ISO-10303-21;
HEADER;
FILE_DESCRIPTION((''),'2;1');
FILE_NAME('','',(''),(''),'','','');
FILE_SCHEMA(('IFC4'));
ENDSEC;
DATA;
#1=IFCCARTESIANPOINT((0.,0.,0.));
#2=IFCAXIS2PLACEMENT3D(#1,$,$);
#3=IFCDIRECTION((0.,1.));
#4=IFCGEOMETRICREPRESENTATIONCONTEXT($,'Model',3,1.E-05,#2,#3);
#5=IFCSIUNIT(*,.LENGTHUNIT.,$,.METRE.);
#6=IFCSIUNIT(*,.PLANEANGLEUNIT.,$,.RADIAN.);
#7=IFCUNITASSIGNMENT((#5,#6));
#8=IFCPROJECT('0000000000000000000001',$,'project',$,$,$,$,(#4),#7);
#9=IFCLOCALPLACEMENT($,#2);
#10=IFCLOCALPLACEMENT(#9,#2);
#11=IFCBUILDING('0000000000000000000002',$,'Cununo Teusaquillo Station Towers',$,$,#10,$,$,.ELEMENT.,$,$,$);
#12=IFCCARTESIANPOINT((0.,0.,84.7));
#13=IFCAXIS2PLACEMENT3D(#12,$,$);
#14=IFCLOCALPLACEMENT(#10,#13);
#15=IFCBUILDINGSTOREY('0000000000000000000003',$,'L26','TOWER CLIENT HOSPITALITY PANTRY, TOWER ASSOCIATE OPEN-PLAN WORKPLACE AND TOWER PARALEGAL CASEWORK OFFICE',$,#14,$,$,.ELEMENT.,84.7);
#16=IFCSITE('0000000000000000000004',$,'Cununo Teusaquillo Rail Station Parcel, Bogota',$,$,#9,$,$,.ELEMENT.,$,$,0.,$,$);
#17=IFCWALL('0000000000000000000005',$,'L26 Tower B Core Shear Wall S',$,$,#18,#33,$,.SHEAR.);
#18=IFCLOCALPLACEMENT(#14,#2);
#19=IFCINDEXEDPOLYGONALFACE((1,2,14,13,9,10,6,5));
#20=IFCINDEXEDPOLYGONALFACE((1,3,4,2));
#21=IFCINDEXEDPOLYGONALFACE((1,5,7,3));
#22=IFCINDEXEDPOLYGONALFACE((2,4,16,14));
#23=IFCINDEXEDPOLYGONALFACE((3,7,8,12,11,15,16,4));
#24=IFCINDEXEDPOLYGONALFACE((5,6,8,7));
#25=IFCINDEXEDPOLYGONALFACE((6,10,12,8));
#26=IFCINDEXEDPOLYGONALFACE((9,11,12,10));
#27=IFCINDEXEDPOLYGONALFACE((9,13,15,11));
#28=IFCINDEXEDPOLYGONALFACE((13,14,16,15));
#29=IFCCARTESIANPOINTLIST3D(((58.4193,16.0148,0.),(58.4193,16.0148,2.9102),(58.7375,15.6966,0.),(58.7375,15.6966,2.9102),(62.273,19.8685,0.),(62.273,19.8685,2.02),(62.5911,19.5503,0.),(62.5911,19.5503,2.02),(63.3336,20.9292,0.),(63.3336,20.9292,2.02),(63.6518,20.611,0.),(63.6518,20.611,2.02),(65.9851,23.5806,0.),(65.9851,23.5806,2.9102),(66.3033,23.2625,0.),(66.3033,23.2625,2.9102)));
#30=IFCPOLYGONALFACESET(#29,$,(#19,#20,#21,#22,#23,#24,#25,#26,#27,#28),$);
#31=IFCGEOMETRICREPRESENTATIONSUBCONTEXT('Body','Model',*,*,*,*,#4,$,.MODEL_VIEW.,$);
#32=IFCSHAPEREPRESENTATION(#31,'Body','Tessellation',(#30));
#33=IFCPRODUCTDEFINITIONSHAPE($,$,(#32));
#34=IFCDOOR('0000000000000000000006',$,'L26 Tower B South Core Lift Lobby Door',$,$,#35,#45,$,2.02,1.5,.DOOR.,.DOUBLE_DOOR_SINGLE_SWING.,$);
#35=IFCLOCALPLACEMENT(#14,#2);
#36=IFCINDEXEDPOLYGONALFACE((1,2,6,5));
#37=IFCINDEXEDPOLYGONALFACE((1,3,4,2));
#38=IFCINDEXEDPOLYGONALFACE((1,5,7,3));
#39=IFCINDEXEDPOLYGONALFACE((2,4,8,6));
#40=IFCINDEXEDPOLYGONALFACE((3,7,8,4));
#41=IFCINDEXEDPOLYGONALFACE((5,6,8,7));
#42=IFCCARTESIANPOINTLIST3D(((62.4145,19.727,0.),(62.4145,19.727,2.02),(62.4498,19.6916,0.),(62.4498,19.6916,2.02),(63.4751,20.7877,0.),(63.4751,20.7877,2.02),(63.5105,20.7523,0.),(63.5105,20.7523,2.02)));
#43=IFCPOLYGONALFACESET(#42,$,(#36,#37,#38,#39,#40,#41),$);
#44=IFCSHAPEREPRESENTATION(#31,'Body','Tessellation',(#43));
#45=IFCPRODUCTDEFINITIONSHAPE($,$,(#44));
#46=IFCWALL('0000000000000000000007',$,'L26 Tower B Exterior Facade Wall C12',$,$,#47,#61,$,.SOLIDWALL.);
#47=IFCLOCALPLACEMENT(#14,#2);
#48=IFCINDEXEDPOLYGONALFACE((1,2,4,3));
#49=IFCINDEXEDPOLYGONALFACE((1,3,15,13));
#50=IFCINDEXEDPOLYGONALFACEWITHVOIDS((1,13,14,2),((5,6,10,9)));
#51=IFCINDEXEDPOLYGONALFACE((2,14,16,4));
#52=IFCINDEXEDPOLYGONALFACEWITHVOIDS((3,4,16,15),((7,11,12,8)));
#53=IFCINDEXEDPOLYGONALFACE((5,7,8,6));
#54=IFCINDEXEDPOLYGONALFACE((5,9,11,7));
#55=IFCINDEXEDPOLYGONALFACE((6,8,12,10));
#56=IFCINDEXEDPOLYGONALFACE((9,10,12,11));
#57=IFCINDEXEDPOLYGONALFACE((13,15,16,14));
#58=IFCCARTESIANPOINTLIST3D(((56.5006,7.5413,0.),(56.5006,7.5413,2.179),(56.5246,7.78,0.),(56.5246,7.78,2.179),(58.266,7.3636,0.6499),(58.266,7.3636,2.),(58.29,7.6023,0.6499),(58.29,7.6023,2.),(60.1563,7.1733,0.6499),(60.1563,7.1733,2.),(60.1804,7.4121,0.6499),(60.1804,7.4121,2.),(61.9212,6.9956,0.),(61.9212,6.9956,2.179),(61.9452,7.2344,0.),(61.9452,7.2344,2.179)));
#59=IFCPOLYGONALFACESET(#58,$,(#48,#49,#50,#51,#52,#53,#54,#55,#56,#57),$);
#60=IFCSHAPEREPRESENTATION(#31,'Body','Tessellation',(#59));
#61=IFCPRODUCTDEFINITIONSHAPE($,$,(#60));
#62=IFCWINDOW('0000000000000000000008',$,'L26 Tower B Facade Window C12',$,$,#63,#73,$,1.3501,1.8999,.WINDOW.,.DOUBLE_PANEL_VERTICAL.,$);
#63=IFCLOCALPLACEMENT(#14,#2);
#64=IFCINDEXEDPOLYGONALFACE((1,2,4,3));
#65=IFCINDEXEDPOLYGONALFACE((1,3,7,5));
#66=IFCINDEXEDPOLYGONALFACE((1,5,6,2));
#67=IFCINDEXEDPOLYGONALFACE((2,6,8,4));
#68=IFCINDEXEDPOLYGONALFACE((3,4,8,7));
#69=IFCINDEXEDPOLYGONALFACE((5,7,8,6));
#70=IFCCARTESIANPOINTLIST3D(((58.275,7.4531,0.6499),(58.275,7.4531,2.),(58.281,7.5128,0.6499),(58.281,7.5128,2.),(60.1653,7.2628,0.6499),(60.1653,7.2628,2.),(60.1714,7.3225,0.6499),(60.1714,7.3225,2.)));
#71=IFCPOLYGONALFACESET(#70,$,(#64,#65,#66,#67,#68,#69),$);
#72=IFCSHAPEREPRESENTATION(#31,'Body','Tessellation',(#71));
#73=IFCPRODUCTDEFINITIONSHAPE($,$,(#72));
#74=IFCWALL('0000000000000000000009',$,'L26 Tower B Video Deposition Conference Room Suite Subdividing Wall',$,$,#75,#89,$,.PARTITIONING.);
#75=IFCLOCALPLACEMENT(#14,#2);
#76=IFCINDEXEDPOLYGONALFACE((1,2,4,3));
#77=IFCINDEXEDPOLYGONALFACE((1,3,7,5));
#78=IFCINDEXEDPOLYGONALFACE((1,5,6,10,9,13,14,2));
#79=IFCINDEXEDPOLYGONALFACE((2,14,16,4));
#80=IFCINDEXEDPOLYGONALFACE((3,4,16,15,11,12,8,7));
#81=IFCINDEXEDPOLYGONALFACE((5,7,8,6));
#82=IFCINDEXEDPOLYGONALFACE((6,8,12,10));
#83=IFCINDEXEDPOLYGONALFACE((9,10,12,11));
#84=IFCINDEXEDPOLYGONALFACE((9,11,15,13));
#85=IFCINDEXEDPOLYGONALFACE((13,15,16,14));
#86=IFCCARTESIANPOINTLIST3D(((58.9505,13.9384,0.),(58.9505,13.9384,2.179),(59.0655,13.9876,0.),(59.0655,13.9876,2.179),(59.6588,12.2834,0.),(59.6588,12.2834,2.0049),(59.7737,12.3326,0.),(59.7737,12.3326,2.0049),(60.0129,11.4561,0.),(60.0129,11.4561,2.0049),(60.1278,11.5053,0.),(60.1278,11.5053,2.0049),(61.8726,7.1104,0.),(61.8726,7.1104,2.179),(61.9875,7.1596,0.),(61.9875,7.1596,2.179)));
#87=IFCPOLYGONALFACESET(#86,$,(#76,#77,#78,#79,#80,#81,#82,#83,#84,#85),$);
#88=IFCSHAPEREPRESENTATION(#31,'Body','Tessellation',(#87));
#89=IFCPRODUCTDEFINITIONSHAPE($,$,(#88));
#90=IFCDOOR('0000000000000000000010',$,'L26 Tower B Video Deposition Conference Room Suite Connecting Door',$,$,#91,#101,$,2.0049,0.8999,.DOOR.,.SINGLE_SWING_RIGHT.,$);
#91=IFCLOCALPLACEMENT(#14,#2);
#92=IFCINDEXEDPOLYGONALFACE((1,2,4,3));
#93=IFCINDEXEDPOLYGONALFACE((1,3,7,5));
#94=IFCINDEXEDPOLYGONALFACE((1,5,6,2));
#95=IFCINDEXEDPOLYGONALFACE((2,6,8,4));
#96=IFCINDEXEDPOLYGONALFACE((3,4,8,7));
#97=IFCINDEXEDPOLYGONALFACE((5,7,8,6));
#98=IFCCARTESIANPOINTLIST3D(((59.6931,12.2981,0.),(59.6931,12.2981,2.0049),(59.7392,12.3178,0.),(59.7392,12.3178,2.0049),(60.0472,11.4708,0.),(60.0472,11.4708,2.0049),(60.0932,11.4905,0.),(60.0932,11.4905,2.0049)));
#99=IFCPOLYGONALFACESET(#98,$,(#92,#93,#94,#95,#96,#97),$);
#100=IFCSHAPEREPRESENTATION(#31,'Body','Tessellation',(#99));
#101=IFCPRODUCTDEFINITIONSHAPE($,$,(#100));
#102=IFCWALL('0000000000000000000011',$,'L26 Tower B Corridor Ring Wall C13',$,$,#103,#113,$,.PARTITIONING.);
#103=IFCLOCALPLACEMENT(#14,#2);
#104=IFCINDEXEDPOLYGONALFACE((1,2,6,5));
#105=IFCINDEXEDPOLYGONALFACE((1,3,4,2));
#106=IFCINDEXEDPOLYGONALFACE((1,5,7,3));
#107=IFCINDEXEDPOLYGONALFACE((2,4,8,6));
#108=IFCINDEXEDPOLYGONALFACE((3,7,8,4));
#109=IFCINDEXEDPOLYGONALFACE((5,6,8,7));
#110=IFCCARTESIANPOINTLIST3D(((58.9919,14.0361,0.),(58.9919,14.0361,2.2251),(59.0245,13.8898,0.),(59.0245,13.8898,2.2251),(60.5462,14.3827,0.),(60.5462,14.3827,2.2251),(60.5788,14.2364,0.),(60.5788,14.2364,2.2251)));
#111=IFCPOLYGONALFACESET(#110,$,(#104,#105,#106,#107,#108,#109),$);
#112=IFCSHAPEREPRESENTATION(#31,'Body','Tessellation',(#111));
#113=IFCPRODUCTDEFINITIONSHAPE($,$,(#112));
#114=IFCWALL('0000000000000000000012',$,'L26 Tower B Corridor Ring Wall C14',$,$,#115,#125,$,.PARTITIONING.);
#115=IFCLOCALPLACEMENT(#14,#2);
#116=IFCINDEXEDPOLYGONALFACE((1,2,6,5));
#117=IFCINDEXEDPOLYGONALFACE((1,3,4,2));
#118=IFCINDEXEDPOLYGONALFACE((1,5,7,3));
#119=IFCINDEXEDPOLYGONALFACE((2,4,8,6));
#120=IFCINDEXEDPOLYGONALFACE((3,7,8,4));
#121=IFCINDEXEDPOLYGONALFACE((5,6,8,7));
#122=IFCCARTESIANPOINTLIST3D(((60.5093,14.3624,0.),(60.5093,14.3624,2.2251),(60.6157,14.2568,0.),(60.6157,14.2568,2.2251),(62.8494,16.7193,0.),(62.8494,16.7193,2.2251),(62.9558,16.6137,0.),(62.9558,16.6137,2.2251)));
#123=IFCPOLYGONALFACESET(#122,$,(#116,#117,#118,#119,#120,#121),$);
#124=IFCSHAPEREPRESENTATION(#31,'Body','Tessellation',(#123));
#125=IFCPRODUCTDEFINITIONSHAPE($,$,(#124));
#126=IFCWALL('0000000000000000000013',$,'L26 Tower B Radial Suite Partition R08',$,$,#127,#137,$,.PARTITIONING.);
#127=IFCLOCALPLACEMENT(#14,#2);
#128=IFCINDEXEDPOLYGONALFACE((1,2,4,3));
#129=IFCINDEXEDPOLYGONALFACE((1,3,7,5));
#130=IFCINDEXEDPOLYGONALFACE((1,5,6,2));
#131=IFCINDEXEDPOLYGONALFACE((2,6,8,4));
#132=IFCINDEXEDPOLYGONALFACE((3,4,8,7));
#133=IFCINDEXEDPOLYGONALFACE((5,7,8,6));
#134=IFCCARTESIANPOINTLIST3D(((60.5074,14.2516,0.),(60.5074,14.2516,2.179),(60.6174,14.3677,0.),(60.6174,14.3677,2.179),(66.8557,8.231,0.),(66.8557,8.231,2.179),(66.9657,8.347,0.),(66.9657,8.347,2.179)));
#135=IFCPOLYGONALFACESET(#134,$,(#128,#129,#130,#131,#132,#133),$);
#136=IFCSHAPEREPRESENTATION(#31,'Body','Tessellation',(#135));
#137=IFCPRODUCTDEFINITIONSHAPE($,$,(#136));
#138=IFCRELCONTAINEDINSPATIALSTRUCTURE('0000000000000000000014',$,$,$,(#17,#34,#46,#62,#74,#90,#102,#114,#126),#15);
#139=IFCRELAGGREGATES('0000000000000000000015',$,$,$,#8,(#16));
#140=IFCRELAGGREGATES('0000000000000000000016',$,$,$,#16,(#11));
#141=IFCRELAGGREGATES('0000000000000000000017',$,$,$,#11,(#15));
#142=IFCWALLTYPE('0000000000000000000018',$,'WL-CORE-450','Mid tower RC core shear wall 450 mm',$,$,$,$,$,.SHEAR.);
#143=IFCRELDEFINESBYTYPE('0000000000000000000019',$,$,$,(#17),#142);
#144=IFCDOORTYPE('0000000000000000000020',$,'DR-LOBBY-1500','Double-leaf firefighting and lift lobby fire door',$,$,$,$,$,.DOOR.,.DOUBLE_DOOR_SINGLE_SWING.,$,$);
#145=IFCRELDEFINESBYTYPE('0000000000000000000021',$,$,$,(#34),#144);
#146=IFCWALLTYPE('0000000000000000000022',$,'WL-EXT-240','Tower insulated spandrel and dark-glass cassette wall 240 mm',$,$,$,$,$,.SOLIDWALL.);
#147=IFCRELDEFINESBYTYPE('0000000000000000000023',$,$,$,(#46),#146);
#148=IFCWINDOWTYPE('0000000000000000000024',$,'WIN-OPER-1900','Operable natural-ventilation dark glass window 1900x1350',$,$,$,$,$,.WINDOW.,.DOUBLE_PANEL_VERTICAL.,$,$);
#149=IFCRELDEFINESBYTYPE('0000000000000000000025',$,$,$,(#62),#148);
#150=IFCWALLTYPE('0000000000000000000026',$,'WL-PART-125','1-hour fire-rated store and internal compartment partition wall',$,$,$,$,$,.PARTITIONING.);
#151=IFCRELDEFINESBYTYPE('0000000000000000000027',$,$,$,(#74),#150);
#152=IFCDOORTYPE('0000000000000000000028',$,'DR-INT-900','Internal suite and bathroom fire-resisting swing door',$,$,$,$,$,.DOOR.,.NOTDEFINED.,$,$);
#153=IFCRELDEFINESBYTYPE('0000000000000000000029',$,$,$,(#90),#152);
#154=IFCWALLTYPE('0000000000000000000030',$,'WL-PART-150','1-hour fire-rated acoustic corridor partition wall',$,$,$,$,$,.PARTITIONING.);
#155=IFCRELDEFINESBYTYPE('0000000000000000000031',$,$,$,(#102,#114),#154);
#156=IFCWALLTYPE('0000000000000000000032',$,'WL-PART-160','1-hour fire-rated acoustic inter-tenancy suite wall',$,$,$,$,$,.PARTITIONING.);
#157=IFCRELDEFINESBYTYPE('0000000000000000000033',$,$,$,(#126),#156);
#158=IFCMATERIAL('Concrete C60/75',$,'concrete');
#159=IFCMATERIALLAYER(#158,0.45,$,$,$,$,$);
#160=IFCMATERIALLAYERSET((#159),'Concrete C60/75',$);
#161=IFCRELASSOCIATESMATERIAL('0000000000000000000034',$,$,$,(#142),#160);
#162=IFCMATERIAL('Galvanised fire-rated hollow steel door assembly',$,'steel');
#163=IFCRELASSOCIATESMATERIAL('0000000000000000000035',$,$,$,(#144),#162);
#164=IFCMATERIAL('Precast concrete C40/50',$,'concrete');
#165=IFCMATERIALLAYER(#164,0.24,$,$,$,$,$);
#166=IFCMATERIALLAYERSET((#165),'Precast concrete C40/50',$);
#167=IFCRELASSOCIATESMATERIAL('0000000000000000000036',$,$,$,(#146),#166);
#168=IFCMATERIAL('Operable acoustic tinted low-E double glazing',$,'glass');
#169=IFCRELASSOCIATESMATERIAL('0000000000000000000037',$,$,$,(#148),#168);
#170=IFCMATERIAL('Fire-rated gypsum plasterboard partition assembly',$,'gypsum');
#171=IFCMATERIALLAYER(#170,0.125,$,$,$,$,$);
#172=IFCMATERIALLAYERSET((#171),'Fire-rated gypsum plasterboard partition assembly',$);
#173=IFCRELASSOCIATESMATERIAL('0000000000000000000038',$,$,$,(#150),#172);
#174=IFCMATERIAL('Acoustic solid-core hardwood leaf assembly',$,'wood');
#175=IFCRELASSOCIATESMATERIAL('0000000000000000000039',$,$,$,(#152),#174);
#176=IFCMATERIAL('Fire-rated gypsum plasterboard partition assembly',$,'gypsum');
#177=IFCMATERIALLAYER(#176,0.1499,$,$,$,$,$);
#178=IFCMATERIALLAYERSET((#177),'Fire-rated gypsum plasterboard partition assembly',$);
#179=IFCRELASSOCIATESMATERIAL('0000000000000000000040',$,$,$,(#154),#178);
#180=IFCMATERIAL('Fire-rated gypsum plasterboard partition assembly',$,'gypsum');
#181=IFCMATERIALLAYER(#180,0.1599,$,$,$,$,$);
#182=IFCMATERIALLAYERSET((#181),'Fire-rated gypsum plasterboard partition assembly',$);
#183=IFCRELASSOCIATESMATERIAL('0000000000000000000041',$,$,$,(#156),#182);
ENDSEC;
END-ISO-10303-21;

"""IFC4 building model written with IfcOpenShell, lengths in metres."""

from ifc_helpers import new_model, si_unit, direction, frame, frame_2d, origin, place, context, subcontext, project, spatial, rectangle, extrude, source, transform, mapped, material, layer, layer_set, type_object, element, fill, save


model = new_model("IFC4")

# Units and contexts
model_context = context("Model", 3, precision=1e-05, world=origin(), true_north=direction((0.0, 1.0)))
body_context = subcontext(model_context, "Body", "Model", "MODEL_VIEW")
ifc_project = project(units=[si_unit("LENGTHUNIT", "METRE"), si_unit("PLANEANGLEUNIT", "RADIAN")], contexts=[model_context])

# Site, building, storey
site_placement = place(None, origin())
site = spatial("IfcSite", under=ifc_project, at=site_placement, Name="Cununo Teusaquillo Rail Station Parcel, Bogota", CompositionType="ELEMENT", RefElevation=0.0)
building_placement = place(site_placement, origin())
building = spatial("IfcBuilding", under=site, at=building_placement, Name="Cununo Teusaquillo Station Towers", CompositionType="ELEMENT")
storey_placement = place(building_placement, frame((0.0, 0.0, 84.7)))
storey = spatial("IfcBuildingStorey", under=building, at=storey_placement, Name="L26", Description="TOWER CLIENT HOSPITALITY PANTRY, TOWER ASSOCIATE OPEN-PLAN WORKPLACE AND TOWER PARALEGAL CASEWORK OFFICE", CompositionType="ELEMENT", Elevation=84.7)

# Shared definitions
ifc_material_1 = material(Name="Concrete C60/75", Category="concrete")
ifc_layer_1 = layer(ifc_material_1, 0.45)
ifc_layer_set_1 = layer_set([ifc_layer_1], Name="Concrete C60/75")
wall_type_1 = type_object("IfcWallType", Name="WL-CORE-450", Description="Mid tower RC core shear wall 450 mm", PredefinedType="SHEAR", material=ifc_layer_set_1)

# Wall, opening, door
wall_1_placement = place(storey_placement, frame((58.5784, 15.8557, 0.0), z_axis=(0.0, 0.0, 1.0), x_axis=(0.707107, 0.707107, 0.0)))
wall_1 = element("IfcWall", 1, at=wall_1_placement, inside=storey, type_object=wall_type_1, Name="L26 Tower B Core Shear Wall S", PredefinedType="SHEAR", context=body_context, shape_type="SweptSolid", body=[
    extrude(rectangle(XDim=10.6997, YDim=0.45, at=frame_2d((5.3499, 0.0))), origin(), (0.0, 0.0, 1.0), 2.9102),
])
shared_shape_1 = source(origin(), body_context, "Body", "SweptSolid", [
    extrude(rectangle(XDim=1.5, YDim=2.02, at=frame_2d((0.75, 1.01))), frame((0.0, 0.2349, 0.0), z_axis=(0.0, -1.0, 0.0), x_axis=(1.0, 0.0, 0.0)), (0.0, 0.0, 1.0), 0.47),
])
opening_1_placement = place(wall_1_placement, frame((5.45, 0.0, 0.0)))
opening_1 = element("IfcOpeningElement", 2, at=opening_1_placement, cuts=wall_1, PredefinedType="OPENING", context=body_context, shape_type="MappedRepresentation", body=[
    mapped(shared_shape_1, transform((0.0, 0.0, 0.0), x_axis=(1.0, 0.0, 0.0), y_axis=(0.0, 1.0, 0.0), z_axis=(0.0, 0.0, 1.0), scale=1.0)),
])
ifc_material_2 = material(Name="Galvanised fire-rated hollow steel door assembly", Category="steel")
door_type_1 = type_object("IfcDoorType", Name="DR-LOBBY-1500", Description="Double-leaf firefighting and lift lobby fire door", OperationType="DOUBLE_DOOR_SINGLE_SWING", PredefinedType="DOOR", material=ifc_material_2)
shared_shape_2 = source(origin(), body_context, "Body", "SweptSolid", [
    extrude(rectangle(XDim=1.5, YDim=2.02, at=frame_2d((0.75, 1.01))), frame((0.0, 0.0249, 0.0), z_axis=(0.0, -1.0, 0.0), x_axis=(1.0, 0.0, 0.0)), (0.0, 0.0, 1.0), 0.05),
])
door_1_placement = place(opening_1_placement, origin())
door_1 = element("IfcDoor", 3, at=door_1_placement, inside=storey, type_object=door_type_1, Name="L26 Tower B South Core Lift Lobby Door", OperationType="DOUBLE_DOOR_SINGLE_SWING", OverallHeight=2.02, OverallWidth=1.5, PredefinedType="DOOR", context=body_context, shape_type="MappedRepresentation", body=[
    mapped(shared_shape_2, transform((0.0, 0.0, 0.0), x_axis=(1.0, 0.0, 0.0), y_axis=(0.0, 1.0, 0.0), z_axis=(0.0, 0.0, 1.0), scale=1.0)),
])
fill(opening_1, door_1)

# Wall, opening, window
ifc_material_3 = material(Name="Precast concrete C40/50", Category="concrete")
ifc_layer_2 = layer(ifc_material_3, 0.24)
ifc_layer_set_2 = layer_set([ifc_layer_2], Name="Precast concrete C40/50")
wall_type_2 = type_object("IfcWallType", Name="WL-EXT-240", Description="Tower insulated spandrel and dark-glass cassette wall 240 mm", PredefinedType="SOLIDWALL", material=ifc_layer_set_2)
wall_2_placement = place(storey_placement, frame((61.9333, 7.115, 0.0), z_axis=(0.0, 0.0, 1.0), x_axis=(-0.994972, 0.100156, 0.0)))
wall_2 = element("IfcWall", 4, at=wall_2_placement, inside=storey, type_object=wall_type_2, Name="L26 Tower B Exterior Facade Wall C12", PredefinedType="SOLIDWALL", context=body_context, shape_type="SweptSolid", body=[
    extrude(rectangle(XDim=5.448, YDim=0.24, at=frame_2d((2.7241, 0.0))), origin(), (0.0, 0.0, 1.0), 2.179),
])
shared_shape_3 = source(origin(), body_context, "Body", "SweptSolid", [
    extrude(rectangle(XDim=1.8999, YDim=1.3501, at=frame_2d((0.95, 0.675))), frame((0.0, 0.1299, 0.0), z_axis=(0.0, -1.0, 0.0), x_axis=(1.0, 0.0, 0.0)), (0.0, 0.0, 1.0), 0.26),
])
opening_2_placement = place(wall_2_placement, frame((1.7739, 0.0, 0.6499)))
opening_2 = element("IfcOpeningElement", 5, at=opening_2_placement, cuts=wall_2, PredefinedType="OPENING", context=body_context, shape_type="MappedRepresentation", body=[
    mapped(shared_shape_3, transform((0.0, 0.0, 0.0), x_axis=(1.0, 0.0, 0.0), y_axis=(0.0, 1.0, 0.0), z_axis=(0.0, 0.0, 1.0), scale=1.0)),
])
ifc_material_4 = material(Name="Operable acoustic tinted low-E double glazing", Category="glass")
window_type = type_object("IfcWindowType", Name="WIN-OPER-1900", Description="Operable natural-ventilation dark glass window 1900x1350", PartitioningType="DOUBLE_PANEL_VERTICAL", PredefinedType="WINDOW", material=ifc_material_4)
shared_shape_4 = source(origin(), body_context, "Body", "SweptSolid", [
    extrude(rectangle(XDim=1.8999, YDim=1.3501, at=frame_2d((0.95, 0.675))), frame((0.0, 0.03, 0.0), z_axis=(0.0, -1.0, 0.0), x_axis=(1.0, 0.0, 0.0)), (0.0, 0.0, 1.0), 0.0601),
])
window_placement = place(opening_2_placement, origin())
window = element("IfcWindow", 6, at=window_placement, inside=storey, type_object=window_type, Name="L26 Tower B Facade Window C12", OverallHeight=1.3501, OverallWidth=1.8999, PartitioningType="DOUBLE_PANEL_VERTICAL", PredefinedType="WINDOW", context=body_context, shape_type="MappedRepresentation", body=[
    mapped(shared_shape_4, transform((0.0, 0.0, 0.0), x_axis=(1.0, 0.0, 0.0), y_axis=(0.0, 1.0, 0.0), z_axis=(0.0, 0.0, 1.0), scale=1.0)),
])
fill(opening_2, window)

# Wall, opening, door
ifc_material_5 = material(Name="Fire-rated gypsum plasterboard partition assembly", Category="gypsum")
ifc_layer_3 = layer(ifc_material_5, 0.125)
ifc_layer_set_3 = layer_set([ifc_layer_3], Name="Fire-rated gypsum plasterboard partition assembly")
wall_type_3 = type_object("IfcWallType", Name="WL-PART-125", Description="1-hour fire-rated store and internal compartment partition wall", PredefinedType="PARTITIONING", material=ifc_layer_set_3)
wall_3_placement = place(storey_placement, frame((59.0081, 13.9629, 0.0), z_axis=(0.0, 0.0, 1.0), x_axis=(0.393439, -0.919351, 0.0)))
wall_3 = element("IfcWall", 7, at=wall_3_placement, inside=storey, type_object=wall_type_3, Name="L26 Tower B Video Deposition Conference Room Suite Subdividing Wall", PredefinedType="PARTITIONING", context=body_context, shape_type="SweptSolid", body=[
    extrude(rectangle(XDim=7.427, YDim=0.125, at=frame_2d((3.7134, 0.0))), origin(), (0.0, 0.0, 1.0), 2.179),
])
shared_shape_5 = source(origin(), body_context, "Body", "SweptSolid", [
    extrude(rectangle(XDim=0.8999, YDim=2.0049, at=frame_2d((0.45, 1.0024))), frame((0.0, 0.0725, 0.0), z_axis=(0.0, -1.0, 0.0), x_axis=(1.0, 0.0, 0.0)), (0.0, 0.0, 1.0), 0.145),
])
opening_3_placement = place(wall_3_placement, frame((1.8, 0.0, 0.0)))
opening_3 = element("IfcOpeningElement", 8, at=opening_3_placement, cuts=wall_3, PredefinedType="OPENING", context=body_context, shape_type="MappedRepresentation", body=[
    mapped(shared_shape_5, transform((0.0, 0.0, 0.0), x_axis=(1.0, 0.0, 0.0), y_axis=(0.0, 1.0, 0.0), z_axis=(0.0, 0.0, 1.0), scale=1.0)),
])
ifc_material_6 = material(Name="Acoustic solid-core hardwood leaf assembly", Category="wood")
door_type_2 = type_object("IfcDoorType", Name="DR-INT-900", Description="Internal suite and bathroom fire-resisting swing door", OperationType="NOTDEFINED", PredefinedType="DOOR", material=ifc_material_6)
shared_shape_6 = source(origin(), body_context, "Body", "SweptSolid", [
    extrude(rectangle(XDim=0.8999, YDim=2.0049, at=frame_2d((0.45, 1.0024))), frame((0.0, 0.0249, 0.0), z_axis=(0.0, -1.0, 0.0), x_axis=(1.0, 0.0, 0.0)), (0.0, 0.0, 1.0), 0.05),
])
door_2_placement = place(opening_3_placement, origin())
door_2 = element("IfcDoor", 9, at=door_2_placement, inside=storey, type_object=door_type_2, Name="L26 Tower B Video Deposition Conference Room Suite Connecting Door", OperationType="SINGLE_SWING_RIGHT", OverallHeight=2.0049, OverallWidth=0.8999, PredefinedType="DOOR", context=body_context, shape_type="MappedRepresentation", body=[
    mapped(shared_shape_6, transform((0.0, 0.0, 0.0), x_axis=(1.0, 0.0, 0.0), y_axis=(0.0, 1.0, 0.0), z_axis=(0.0, 0.0, 1.0), scale=1.0)),
])
fill(opening_3, door_2)

# Walls
ifc_material_7 = material(Name="Fire-rated gypsum plasterboard partition assembly", Category="gypsum")
ifc_layer_4 = layer(ifc_material_7, 0.1499)
ifc_layer_set_4 = layer_set([ifc_layer_4], Name="Fire-rated gypsum plasterboard partition assembly")
wall_type_4 = type_object("IfcWallType", Name="WL-PART-150", Description="1-hour fire-rated acoustic corridor partition wall", PredefinedType="PARTITIONING", material=ifc_layer_set_4)
wall_4_placement = place(storey_placement, frame((59.0081, 13.9629, 0.0), z_axis=(0.0, 0.0, 1.0), x_axis=(0.976021, 0.217677, 0.0)))
element("IfcWall", 10, at=wall_4_placement, inside=storey, type_object=wall_type_4, Name="L26 Tower B Corridor Ring Wall C13", PredefinedType="PARTITIONING", context=body_context, shape_type="SweptSolid", body=[
    extrude(rectangle(XDim=1.5925, YDim=0.1499, at=frame_2d((0.7964, 0.0))), origin(), (0.0, 0.0, 1.0), 2.2251),
])
wall_5_placement = place(storey_placement, frame((60.5625, 14.3096, 0.0), z_axis=(0.0, 0.0, 1.0), x_axis=(0.704566, 0.709638, 0.0)))
element("IfcWall", 11, at=wall_5_placement, inside=storey, type_object=wall_type_4, Name="L26 Tower B Corridor Ring Wall C14", PredefinedType="PARTITIONING", context=body_context, shape_type="SweptSolid", body=[
    extrude(rectangle(XDim=3.3213, YDim=0.1499, at=frame_2d((1.6606, 0.0))), origin(), (0.0, 0.0, 1.0), 2.2251),
])
ifc_material_8 = material(Name="Fire-rated gypsum plasterboard partition assembly", Category="gypsum")
ifc_layer_5 = layer(ifc_material_8, 0.1599)
ifc_layer_set_5 = layer_set([ifc_layer_5], Name="Fire-rated gypsum plasterboard partition assembly")
wall_type_5 = type_object("IfcWallType", Name="WL-PART-160", Description="1-hour fire-rated acoustic inter-tenancy suite wall", PredefinedType="PARTITIONING", material=ifc_layer_set_5)
wall_6_placement = place(storey_placement, frame((60.5625, 14.3096, 0.0), z_axis=(0.0, 0.0, 1.0), x_axis=(0.725582, -0.688135, 0.0)))
element("IfcWall", 12, at=wall_6_placement, inside=storey, type_object=wall_type_5, Name="L26 Tower B Radial Suite Partition R08", PredefinedType="PARTITIONING", context=body_context, shape_type="SweptSolid", body=[
    extrude(rectangle(XDim=8.7493, YDim=0.1599, at=frame_2d((4.3745, 0.0))), origin(), (0.0, 0.0, 1.0), 2.179),
])

save(model, "model.ifc")
